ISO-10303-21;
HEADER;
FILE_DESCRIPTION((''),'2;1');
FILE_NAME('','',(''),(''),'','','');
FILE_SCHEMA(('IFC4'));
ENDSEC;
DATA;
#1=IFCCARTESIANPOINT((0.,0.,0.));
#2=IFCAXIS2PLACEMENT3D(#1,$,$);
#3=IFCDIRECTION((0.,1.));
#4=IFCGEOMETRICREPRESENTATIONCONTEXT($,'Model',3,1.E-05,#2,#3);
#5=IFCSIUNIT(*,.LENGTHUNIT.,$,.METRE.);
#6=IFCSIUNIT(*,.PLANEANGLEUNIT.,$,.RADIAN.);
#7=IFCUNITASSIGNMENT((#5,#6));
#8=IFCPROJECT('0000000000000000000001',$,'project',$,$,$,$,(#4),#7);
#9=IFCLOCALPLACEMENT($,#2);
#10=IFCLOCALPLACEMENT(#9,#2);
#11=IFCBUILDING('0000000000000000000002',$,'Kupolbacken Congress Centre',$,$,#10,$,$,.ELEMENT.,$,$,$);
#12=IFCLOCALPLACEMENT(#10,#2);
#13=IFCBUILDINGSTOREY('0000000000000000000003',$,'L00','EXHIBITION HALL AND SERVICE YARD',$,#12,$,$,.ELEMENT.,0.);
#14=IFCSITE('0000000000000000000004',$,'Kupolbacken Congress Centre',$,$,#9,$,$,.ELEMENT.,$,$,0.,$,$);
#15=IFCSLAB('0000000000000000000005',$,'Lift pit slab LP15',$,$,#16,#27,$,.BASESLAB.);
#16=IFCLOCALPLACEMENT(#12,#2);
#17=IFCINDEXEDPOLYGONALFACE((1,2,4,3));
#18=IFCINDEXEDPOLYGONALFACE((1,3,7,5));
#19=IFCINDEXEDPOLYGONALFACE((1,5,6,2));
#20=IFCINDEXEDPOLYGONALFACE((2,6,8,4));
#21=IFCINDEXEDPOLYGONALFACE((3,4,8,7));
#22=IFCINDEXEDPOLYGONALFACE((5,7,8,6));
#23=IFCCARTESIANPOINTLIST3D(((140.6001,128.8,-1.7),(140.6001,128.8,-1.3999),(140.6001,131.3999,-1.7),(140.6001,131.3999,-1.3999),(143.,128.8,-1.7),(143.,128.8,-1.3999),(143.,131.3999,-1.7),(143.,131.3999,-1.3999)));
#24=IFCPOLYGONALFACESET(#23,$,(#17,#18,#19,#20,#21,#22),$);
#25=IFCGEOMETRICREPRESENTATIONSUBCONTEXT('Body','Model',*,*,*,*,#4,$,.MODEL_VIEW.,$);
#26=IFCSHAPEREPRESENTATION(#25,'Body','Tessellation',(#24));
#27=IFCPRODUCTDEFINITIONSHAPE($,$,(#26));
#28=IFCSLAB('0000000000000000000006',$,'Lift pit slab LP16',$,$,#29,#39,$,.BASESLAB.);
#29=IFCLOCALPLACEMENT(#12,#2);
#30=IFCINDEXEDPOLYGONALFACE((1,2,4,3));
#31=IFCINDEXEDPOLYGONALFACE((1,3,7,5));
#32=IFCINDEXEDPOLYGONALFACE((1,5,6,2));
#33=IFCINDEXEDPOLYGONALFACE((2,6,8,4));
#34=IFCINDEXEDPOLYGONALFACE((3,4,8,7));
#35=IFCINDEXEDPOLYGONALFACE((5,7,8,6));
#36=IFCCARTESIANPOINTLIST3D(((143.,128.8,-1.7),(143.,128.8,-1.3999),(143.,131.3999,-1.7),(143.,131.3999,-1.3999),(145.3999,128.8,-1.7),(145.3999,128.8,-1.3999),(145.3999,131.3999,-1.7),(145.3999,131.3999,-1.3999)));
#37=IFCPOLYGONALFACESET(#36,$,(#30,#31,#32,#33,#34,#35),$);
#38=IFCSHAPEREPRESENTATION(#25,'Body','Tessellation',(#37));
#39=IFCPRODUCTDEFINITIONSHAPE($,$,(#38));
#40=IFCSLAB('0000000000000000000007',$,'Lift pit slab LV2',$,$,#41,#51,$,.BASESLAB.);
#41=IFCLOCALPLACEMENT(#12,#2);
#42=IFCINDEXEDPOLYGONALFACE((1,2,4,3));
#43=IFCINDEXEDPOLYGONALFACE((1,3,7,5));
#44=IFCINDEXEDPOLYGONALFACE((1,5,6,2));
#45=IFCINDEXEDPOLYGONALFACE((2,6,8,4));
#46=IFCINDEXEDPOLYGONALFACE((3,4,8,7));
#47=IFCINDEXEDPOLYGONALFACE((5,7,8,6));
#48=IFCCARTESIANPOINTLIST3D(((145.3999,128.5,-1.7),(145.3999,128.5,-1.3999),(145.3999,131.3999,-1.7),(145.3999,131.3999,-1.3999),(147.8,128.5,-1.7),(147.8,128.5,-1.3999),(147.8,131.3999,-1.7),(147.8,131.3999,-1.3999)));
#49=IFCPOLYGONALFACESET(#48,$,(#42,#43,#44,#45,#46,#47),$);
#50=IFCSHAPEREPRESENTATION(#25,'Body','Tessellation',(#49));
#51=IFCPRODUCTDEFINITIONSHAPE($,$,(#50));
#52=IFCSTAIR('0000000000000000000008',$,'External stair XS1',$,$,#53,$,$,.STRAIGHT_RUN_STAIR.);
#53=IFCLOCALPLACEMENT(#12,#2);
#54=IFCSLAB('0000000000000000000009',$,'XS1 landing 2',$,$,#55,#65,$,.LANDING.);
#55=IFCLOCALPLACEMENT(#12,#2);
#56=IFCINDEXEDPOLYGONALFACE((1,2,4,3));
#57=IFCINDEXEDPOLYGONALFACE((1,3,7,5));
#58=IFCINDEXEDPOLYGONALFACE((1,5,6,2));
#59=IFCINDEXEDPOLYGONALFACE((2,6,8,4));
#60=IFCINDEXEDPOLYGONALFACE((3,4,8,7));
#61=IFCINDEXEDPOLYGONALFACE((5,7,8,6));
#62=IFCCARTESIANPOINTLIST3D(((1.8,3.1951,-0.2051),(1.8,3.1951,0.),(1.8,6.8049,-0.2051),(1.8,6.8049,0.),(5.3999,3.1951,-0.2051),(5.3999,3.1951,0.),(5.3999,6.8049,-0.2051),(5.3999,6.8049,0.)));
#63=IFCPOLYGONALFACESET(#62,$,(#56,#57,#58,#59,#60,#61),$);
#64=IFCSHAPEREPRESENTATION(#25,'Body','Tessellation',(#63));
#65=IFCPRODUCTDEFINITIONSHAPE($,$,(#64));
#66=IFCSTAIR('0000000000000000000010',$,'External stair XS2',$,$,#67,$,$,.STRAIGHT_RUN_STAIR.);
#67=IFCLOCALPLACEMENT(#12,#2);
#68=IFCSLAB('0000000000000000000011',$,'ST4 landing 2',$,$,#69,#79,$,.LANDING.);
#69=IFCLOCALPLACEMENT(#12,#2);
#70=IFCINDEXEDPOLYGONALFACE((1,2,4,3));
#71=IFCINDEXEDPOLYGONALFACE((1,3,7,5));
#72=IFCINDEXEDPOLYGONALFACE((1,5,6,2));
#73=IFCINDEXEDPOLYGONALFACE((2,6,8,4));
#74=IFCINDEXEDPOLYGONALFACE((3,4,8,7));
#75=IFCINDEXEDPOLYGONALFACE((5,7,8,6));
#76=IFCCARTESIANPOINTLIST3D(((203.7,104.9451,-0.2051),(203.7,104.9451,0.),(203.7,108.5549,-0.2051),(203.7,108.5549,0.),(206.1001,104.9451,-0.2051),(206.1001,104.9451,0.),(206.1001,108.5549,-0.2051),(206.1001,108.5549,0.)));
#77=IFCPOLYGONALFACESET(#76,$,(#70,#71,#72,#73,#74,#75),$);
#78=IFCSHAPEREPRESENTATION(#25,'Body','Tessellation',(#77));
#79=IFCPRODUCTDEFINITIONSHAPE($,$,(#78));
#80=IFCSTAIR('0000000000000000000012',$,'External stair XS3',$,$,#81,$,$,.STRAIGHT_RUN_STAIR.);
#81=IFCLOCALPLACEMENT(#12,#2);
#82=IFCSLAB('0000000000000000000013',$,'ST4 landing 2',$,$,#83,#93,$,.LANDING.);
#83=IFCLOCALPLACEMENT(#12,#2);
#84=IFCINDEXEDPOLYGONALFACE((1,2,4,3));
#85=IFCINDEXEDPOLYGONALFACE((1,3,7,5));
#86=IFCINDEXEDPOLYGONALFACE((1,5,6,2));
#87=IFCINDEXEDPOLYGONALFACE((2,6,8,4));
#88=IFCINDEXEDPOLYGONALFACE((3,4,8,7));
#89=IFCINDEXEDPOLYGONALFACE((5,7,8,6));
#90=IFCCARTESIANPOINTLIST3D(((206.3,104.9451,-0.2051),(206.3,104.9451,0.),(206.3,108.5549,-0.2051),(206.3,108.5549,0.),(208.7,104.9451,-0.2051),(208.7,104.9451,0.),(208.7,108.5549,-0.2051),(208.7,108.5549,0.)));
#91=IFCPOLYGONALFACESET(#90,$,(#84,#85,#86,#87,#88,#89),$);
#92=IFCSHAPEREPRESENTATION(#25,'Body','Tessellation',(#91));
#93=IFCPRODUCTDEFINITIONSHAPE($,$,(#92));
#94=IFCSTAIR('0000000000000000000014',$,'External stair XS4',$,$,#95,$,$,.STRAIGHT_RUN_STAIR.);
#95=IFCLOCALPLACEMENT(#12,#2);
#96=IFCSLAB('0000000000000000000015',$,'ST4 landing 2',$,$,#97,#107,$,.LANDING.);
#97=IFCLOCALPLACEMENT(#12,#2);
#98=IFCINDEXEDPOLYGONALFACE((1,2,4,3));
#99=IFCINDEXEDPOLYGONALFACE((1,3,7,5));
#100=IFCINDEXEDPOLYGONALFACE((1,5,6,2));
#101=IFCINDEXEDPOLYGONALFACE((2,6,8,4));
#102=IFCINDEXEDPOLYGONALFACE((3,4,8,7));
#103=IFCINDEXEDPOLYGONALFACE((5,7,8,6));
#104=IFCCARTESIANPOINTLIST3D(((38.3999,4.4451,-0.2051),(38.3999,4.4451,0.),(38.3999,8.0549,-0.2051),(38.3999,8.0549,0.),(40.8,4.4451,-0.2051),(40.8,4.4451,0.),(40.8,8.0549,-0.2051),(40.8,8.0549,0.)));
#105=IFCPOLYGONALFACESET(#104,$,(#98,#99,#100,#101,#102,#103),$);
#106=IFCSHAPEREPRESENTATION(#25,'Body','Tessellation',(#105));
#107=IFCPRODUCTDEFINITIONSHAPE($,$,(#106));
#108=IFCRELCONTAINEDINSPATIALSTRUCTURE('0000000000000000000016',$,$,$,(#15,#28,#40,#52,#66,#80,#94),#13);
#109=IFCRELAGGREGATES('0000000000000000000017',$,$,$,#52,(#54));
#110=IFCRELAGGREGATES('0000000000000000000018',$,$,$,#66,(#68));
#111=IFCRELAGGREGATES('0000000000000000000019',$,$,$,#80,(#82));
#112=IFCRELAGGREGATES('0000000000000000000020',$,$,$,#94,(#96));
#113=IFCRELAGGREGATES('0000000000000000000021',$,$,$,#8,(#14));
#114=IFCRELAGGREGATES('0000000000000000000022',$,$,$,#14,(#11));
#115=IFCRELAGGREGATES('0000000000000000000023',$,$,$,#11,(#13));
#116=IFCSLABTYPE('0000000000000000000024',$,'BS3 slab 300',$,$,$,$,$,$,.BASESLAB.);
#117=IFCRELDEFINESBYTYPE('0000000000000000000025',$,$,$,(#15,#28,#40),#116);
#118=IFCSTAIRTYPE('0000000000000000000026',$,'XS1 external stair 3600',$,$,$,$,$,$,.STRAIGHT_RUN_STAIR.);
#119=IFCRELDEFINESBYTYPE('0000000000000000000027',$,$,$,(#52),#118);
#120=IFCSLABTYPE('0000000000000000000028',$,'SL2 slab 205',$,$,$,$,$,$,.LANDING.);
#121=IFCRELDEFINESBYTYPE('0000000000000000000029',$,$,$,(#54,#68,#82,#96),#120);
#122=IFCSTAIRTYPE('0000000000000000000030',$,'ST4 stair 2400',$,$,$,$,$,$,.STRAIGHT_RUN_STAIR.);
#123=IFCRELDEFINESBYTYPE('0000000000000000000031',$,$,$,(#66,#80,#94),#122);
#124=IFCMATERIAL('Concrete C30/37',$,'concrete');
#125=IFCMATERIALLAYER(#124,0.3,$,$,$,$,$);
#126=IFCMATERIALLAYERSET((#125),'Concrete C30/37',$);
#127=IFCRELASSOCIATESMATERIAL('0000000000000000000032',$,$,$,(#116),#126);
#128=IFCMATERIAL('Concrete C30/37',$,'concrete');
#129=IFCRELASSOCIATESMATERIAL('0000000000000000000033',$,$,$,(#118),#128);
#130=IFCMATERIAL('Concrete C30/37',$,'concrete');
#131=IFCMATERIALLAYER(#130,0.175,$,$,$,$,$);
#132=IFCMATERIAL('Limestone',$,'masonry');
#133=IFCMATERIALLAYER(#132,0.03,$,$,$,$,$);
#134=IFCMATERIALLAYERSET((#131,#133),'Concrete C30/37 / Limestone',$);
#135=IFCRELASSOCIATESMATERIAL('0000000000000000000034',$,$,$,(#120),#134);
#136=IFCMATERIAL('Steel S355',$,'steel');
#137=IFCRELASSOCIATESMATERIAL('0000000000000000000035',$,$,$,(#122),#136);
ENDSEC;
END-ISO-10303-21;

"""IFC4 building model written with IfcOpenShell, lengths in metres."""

from ifc_helpers import new_model, si_unit, direction, frame, origin, place, context, subcontext, project, spatial, polyline, outline, extrude, material, layer, layer_set, type_object, element, aggregate, save


model = new_model("IFC4")

# Units and contexts
model_context = context("Model", 3, precision=1e-05, world=origin(), true_north=direction((0.0, 1.0)))
body_context = subcontext(model_context, "Body", "Model", "MODEL_VIEW")
ifc_project = project(units=[si_unit("LENGTHUNIT", "METRE"), si_unit("PLANEANGLEUNIT", "RADIAN")], contexts=[model_context])

# Site, building, storey
site_placement = place(None, origin())
site = spatial("IfcSite", under=ifc_project, at=site_placement, Name="Kupolbacken Congress Centre", CompositionType="ELEMENT", RefElevation=0.0)
building_placement = place(site_placement, origin())
building = spatial("IfcBuilding", under=site, at=building_placement, Name="Kupolbacken Congress Centre", CompositionType="ELEMENT")
storey_placement = place(building_placement, origin())
storey = spatial("IfcBuildingStorey", under=building, at=storey_placement, Name="L00", Description="EXHIBITION HALL AND SERVICE YARD", CompositionType="ELEMENT", Elevation=0.0)

# Slabs
ifc_material_1 = material(Name="Concrete C30/37", Category="concrete")
ifc_layer_1 = layer(ifc_material_1, 0.3)
ifc_layer_set_1 = layer_set([ifc_layer_1], Name="Concrete C30/37")
slab_type_1 = type_object("IfcSlabType", Name="BS3 slab 300", PredefinedType="BASESLAB", material=ifc_layer_set_1)
slab_1_placement = place(storey_placement, frame((0.0, 0.0, -1.7)))
element("IfcSlab", 1, at=slab_1_placement, inside=storey, type_object=slab_type_1, Name="Lift pit slab LP15", PredefinedType="BASESLAB", context=body_context, shape_type="SweptSolid", body=[
    extrude(outline(polyline([(140.6001, 128.8), (143.0, 128.8), (143.0, 131.3999), (140.6001, 131.3999), (140.6001, 128.8)])), origin(), (0.0, 0.0, 1.0), 0.3),
])
slab_2_placement = place(storey_placement, frame((0.0, 0.0, -1.7)))
element("IfcSlab", 2, at=slab_2_placement, inside=storey, type_object=slab_type_1, Name="Lift pit slab LP16", PredefinedType="BASESLAB", context=body_context, shape_type="SweptSolid", body=[
    extrude(outline(polyline([(143.0, 128.8), (145.3999, 128.8), (145.3999, 131.3999), (143.0, 131.3999), (143.0, 128.8)])), origin(), (0.0, 0.0, 1.0), 0.3),
])
slab_3_placement = place(storey_placement, frame((0.0, 0.0, -1.7)))
element("IfcSlab", 3, at=slab_3_placement, inside=storey, type_object=slab_type_1, Name="Lift pit slab LV2", PredefinedType="BASESLAB", context=body_context, shape_type="SweptSolid", body=[
    extrude(outline(polyline([(145.3999, 128.5), (147.8, 128.5), (147.8, 131.3999), (145.3999, 131.3999), (145.3999, 128.5)])), origin(), (0.0, 0.0, 1.0), 0.3),
])

# Stairs, slabs
ifc_material_2 = material(Name="Concrete C30/37", Category="concrete")
stair_type_1 = type_object("IfcStairType", Name="XS1 external stair 3600", PredefinedType="STRAIGHT_RUN_STAIR", material=ifc_material_2)
stair_1_placement = place(storey_placement, origin())
stair_1 = element("IfcStair", 4, at=stair_1_placement, inside=storey, type_object=stair_type_1, Name="External stair XS1", PredefinedType="STRAIGHT_RUN_STAIR")
ifc_material_3 = material(Name="Concrete C30/37", Category="concrete")
ifc_layer_2 = layer(ifc_material_3, 0.175)
ifc_material_4 = material(Name="Limestone", Category="masonry")
ifc_layer_3 = layer(ifc_material_4, 0.03)
ifc_layer_set_2 = layer_set([ifc_layer_2, ifc_layer_3], Name="Concrete C30/37 / Limestone")
slab_type_2 = type_object("IfcSlabType", Name="SL2 slab 205", PredefinedType="LANDING", material=ifc_layer_set_2)
slab_4_placement = place(storey_placement, frame((0.0, 0.0, -0.2051)))
slab_4 = element("IfcSlab", 5, at=slab_4_placement, type_object=slab_type_2, Name="XS1 landing 2", PredefinedType="LANDING", context=body_context, shape_type="SweptSolid", body=[
    extrude(outline(polyline([(1.8, 3.1951), (5.3999, 3.1951), (5.3999, 6.8049), (1.8, 6.8049), (1.8, 3.1951)])), origin(), (0.0, 0.0, 1.0), 0.2051),
])
aggregate(stair_1, [slab_4])
ifc_material_5 = material(Name="Steel S355", Category="steel")
stair_type_2 = type_object("IfcStairType", Name="ST4 stair 2400", PredefinedType="STRAIGHT_RUN_STAIR", material=ifc_material_5)
stair_2_placement = place(storey_placement, origin())
stair_2 = element("IfcStair", 6, at=stair_2_placement, inside=storey, type_object=stair_type_2, Name="External stair XS2", PredefinedType="STRAIGHT_RUN_STAIR")
slab_5_placement = place(storey_placement, frame((0.0, 0.0, -0.2051)))
slab_5 = element("IfcSlab", 7, at=slab_5_placement, type_object=slab_type_2, Name="ST4 landing 2", PredefinedType="LANDING", context=body_context, shape_type="SweptSolid", body=[
    extrude(outline(polyline([(203.7, 104.9451), (206.1001, 104.9451), (206.1001, 108.5549), (203.7, 108.5549), (203.7, 104.9451)])), origin(), (0.0, 0.0, 1.0), 0.2051),
])
aggregate(stair_2, [slab_5])
stair_3_placement = place(storey_placement, origin())
stair_3 = element("IfcStair", 8, at=stair_3_placement, inside=storey, type_object=stair_type_2, Name="External stair XS3", PredefinedType="STRAIGHT_RUN_STAIR")
slab_6_placement = place(storey_placement, frame((0.0, 0.0, -0.2051)))
slab_6 = element("IfcSlab", 9, at=slab_6_placement, type_object=slab_type_2, Name="ST4 landing 2", PredefinedType="LANDING", context=body_context, shape_type="SweptSolid", body=[
    extrude(outline(polyline([(206.3, 104.9451), (208.7, 104.9451), (208.7, 108.5549), (206.3, 108.5549), (206.3, 104.9451)])), origin(), (0.0, 0.0, 1.0), 0.2051),
])
aggregate(stair_3, [slab_6])
stair_4_placement = place(storey_placement, origin())
stair_4 = element("IfcStair", 10, at=stair_4_placement, inside=storey, type_object=stair_type_2, Name="External stair XS4", PredefinedType="STRAIGHT_RUN_STAIR")
slab_7_placement = place(storey_placement, frame((0.0, 0.0, -0.2051)))
slab_7 = element("IfcSlab", 11, at=slab_7_placement, type_object=slab_type_2, Name="ST4 landing 2", PredefinedType="LANDING", context=body_context, shape_type="SweptSolid", body=[
    extrude(outline(polyline([(38.3999, 4.4451), (40.8, 4.4451), (40.8, 8.0549), (38.3999, 8.0549), (38.3999, 4.4451)])), origin(), (0.0, 0.0, 1.0), 0.2051),
])
aggregate(stair_4, [slab_7])

save(model, "model.ifc")
